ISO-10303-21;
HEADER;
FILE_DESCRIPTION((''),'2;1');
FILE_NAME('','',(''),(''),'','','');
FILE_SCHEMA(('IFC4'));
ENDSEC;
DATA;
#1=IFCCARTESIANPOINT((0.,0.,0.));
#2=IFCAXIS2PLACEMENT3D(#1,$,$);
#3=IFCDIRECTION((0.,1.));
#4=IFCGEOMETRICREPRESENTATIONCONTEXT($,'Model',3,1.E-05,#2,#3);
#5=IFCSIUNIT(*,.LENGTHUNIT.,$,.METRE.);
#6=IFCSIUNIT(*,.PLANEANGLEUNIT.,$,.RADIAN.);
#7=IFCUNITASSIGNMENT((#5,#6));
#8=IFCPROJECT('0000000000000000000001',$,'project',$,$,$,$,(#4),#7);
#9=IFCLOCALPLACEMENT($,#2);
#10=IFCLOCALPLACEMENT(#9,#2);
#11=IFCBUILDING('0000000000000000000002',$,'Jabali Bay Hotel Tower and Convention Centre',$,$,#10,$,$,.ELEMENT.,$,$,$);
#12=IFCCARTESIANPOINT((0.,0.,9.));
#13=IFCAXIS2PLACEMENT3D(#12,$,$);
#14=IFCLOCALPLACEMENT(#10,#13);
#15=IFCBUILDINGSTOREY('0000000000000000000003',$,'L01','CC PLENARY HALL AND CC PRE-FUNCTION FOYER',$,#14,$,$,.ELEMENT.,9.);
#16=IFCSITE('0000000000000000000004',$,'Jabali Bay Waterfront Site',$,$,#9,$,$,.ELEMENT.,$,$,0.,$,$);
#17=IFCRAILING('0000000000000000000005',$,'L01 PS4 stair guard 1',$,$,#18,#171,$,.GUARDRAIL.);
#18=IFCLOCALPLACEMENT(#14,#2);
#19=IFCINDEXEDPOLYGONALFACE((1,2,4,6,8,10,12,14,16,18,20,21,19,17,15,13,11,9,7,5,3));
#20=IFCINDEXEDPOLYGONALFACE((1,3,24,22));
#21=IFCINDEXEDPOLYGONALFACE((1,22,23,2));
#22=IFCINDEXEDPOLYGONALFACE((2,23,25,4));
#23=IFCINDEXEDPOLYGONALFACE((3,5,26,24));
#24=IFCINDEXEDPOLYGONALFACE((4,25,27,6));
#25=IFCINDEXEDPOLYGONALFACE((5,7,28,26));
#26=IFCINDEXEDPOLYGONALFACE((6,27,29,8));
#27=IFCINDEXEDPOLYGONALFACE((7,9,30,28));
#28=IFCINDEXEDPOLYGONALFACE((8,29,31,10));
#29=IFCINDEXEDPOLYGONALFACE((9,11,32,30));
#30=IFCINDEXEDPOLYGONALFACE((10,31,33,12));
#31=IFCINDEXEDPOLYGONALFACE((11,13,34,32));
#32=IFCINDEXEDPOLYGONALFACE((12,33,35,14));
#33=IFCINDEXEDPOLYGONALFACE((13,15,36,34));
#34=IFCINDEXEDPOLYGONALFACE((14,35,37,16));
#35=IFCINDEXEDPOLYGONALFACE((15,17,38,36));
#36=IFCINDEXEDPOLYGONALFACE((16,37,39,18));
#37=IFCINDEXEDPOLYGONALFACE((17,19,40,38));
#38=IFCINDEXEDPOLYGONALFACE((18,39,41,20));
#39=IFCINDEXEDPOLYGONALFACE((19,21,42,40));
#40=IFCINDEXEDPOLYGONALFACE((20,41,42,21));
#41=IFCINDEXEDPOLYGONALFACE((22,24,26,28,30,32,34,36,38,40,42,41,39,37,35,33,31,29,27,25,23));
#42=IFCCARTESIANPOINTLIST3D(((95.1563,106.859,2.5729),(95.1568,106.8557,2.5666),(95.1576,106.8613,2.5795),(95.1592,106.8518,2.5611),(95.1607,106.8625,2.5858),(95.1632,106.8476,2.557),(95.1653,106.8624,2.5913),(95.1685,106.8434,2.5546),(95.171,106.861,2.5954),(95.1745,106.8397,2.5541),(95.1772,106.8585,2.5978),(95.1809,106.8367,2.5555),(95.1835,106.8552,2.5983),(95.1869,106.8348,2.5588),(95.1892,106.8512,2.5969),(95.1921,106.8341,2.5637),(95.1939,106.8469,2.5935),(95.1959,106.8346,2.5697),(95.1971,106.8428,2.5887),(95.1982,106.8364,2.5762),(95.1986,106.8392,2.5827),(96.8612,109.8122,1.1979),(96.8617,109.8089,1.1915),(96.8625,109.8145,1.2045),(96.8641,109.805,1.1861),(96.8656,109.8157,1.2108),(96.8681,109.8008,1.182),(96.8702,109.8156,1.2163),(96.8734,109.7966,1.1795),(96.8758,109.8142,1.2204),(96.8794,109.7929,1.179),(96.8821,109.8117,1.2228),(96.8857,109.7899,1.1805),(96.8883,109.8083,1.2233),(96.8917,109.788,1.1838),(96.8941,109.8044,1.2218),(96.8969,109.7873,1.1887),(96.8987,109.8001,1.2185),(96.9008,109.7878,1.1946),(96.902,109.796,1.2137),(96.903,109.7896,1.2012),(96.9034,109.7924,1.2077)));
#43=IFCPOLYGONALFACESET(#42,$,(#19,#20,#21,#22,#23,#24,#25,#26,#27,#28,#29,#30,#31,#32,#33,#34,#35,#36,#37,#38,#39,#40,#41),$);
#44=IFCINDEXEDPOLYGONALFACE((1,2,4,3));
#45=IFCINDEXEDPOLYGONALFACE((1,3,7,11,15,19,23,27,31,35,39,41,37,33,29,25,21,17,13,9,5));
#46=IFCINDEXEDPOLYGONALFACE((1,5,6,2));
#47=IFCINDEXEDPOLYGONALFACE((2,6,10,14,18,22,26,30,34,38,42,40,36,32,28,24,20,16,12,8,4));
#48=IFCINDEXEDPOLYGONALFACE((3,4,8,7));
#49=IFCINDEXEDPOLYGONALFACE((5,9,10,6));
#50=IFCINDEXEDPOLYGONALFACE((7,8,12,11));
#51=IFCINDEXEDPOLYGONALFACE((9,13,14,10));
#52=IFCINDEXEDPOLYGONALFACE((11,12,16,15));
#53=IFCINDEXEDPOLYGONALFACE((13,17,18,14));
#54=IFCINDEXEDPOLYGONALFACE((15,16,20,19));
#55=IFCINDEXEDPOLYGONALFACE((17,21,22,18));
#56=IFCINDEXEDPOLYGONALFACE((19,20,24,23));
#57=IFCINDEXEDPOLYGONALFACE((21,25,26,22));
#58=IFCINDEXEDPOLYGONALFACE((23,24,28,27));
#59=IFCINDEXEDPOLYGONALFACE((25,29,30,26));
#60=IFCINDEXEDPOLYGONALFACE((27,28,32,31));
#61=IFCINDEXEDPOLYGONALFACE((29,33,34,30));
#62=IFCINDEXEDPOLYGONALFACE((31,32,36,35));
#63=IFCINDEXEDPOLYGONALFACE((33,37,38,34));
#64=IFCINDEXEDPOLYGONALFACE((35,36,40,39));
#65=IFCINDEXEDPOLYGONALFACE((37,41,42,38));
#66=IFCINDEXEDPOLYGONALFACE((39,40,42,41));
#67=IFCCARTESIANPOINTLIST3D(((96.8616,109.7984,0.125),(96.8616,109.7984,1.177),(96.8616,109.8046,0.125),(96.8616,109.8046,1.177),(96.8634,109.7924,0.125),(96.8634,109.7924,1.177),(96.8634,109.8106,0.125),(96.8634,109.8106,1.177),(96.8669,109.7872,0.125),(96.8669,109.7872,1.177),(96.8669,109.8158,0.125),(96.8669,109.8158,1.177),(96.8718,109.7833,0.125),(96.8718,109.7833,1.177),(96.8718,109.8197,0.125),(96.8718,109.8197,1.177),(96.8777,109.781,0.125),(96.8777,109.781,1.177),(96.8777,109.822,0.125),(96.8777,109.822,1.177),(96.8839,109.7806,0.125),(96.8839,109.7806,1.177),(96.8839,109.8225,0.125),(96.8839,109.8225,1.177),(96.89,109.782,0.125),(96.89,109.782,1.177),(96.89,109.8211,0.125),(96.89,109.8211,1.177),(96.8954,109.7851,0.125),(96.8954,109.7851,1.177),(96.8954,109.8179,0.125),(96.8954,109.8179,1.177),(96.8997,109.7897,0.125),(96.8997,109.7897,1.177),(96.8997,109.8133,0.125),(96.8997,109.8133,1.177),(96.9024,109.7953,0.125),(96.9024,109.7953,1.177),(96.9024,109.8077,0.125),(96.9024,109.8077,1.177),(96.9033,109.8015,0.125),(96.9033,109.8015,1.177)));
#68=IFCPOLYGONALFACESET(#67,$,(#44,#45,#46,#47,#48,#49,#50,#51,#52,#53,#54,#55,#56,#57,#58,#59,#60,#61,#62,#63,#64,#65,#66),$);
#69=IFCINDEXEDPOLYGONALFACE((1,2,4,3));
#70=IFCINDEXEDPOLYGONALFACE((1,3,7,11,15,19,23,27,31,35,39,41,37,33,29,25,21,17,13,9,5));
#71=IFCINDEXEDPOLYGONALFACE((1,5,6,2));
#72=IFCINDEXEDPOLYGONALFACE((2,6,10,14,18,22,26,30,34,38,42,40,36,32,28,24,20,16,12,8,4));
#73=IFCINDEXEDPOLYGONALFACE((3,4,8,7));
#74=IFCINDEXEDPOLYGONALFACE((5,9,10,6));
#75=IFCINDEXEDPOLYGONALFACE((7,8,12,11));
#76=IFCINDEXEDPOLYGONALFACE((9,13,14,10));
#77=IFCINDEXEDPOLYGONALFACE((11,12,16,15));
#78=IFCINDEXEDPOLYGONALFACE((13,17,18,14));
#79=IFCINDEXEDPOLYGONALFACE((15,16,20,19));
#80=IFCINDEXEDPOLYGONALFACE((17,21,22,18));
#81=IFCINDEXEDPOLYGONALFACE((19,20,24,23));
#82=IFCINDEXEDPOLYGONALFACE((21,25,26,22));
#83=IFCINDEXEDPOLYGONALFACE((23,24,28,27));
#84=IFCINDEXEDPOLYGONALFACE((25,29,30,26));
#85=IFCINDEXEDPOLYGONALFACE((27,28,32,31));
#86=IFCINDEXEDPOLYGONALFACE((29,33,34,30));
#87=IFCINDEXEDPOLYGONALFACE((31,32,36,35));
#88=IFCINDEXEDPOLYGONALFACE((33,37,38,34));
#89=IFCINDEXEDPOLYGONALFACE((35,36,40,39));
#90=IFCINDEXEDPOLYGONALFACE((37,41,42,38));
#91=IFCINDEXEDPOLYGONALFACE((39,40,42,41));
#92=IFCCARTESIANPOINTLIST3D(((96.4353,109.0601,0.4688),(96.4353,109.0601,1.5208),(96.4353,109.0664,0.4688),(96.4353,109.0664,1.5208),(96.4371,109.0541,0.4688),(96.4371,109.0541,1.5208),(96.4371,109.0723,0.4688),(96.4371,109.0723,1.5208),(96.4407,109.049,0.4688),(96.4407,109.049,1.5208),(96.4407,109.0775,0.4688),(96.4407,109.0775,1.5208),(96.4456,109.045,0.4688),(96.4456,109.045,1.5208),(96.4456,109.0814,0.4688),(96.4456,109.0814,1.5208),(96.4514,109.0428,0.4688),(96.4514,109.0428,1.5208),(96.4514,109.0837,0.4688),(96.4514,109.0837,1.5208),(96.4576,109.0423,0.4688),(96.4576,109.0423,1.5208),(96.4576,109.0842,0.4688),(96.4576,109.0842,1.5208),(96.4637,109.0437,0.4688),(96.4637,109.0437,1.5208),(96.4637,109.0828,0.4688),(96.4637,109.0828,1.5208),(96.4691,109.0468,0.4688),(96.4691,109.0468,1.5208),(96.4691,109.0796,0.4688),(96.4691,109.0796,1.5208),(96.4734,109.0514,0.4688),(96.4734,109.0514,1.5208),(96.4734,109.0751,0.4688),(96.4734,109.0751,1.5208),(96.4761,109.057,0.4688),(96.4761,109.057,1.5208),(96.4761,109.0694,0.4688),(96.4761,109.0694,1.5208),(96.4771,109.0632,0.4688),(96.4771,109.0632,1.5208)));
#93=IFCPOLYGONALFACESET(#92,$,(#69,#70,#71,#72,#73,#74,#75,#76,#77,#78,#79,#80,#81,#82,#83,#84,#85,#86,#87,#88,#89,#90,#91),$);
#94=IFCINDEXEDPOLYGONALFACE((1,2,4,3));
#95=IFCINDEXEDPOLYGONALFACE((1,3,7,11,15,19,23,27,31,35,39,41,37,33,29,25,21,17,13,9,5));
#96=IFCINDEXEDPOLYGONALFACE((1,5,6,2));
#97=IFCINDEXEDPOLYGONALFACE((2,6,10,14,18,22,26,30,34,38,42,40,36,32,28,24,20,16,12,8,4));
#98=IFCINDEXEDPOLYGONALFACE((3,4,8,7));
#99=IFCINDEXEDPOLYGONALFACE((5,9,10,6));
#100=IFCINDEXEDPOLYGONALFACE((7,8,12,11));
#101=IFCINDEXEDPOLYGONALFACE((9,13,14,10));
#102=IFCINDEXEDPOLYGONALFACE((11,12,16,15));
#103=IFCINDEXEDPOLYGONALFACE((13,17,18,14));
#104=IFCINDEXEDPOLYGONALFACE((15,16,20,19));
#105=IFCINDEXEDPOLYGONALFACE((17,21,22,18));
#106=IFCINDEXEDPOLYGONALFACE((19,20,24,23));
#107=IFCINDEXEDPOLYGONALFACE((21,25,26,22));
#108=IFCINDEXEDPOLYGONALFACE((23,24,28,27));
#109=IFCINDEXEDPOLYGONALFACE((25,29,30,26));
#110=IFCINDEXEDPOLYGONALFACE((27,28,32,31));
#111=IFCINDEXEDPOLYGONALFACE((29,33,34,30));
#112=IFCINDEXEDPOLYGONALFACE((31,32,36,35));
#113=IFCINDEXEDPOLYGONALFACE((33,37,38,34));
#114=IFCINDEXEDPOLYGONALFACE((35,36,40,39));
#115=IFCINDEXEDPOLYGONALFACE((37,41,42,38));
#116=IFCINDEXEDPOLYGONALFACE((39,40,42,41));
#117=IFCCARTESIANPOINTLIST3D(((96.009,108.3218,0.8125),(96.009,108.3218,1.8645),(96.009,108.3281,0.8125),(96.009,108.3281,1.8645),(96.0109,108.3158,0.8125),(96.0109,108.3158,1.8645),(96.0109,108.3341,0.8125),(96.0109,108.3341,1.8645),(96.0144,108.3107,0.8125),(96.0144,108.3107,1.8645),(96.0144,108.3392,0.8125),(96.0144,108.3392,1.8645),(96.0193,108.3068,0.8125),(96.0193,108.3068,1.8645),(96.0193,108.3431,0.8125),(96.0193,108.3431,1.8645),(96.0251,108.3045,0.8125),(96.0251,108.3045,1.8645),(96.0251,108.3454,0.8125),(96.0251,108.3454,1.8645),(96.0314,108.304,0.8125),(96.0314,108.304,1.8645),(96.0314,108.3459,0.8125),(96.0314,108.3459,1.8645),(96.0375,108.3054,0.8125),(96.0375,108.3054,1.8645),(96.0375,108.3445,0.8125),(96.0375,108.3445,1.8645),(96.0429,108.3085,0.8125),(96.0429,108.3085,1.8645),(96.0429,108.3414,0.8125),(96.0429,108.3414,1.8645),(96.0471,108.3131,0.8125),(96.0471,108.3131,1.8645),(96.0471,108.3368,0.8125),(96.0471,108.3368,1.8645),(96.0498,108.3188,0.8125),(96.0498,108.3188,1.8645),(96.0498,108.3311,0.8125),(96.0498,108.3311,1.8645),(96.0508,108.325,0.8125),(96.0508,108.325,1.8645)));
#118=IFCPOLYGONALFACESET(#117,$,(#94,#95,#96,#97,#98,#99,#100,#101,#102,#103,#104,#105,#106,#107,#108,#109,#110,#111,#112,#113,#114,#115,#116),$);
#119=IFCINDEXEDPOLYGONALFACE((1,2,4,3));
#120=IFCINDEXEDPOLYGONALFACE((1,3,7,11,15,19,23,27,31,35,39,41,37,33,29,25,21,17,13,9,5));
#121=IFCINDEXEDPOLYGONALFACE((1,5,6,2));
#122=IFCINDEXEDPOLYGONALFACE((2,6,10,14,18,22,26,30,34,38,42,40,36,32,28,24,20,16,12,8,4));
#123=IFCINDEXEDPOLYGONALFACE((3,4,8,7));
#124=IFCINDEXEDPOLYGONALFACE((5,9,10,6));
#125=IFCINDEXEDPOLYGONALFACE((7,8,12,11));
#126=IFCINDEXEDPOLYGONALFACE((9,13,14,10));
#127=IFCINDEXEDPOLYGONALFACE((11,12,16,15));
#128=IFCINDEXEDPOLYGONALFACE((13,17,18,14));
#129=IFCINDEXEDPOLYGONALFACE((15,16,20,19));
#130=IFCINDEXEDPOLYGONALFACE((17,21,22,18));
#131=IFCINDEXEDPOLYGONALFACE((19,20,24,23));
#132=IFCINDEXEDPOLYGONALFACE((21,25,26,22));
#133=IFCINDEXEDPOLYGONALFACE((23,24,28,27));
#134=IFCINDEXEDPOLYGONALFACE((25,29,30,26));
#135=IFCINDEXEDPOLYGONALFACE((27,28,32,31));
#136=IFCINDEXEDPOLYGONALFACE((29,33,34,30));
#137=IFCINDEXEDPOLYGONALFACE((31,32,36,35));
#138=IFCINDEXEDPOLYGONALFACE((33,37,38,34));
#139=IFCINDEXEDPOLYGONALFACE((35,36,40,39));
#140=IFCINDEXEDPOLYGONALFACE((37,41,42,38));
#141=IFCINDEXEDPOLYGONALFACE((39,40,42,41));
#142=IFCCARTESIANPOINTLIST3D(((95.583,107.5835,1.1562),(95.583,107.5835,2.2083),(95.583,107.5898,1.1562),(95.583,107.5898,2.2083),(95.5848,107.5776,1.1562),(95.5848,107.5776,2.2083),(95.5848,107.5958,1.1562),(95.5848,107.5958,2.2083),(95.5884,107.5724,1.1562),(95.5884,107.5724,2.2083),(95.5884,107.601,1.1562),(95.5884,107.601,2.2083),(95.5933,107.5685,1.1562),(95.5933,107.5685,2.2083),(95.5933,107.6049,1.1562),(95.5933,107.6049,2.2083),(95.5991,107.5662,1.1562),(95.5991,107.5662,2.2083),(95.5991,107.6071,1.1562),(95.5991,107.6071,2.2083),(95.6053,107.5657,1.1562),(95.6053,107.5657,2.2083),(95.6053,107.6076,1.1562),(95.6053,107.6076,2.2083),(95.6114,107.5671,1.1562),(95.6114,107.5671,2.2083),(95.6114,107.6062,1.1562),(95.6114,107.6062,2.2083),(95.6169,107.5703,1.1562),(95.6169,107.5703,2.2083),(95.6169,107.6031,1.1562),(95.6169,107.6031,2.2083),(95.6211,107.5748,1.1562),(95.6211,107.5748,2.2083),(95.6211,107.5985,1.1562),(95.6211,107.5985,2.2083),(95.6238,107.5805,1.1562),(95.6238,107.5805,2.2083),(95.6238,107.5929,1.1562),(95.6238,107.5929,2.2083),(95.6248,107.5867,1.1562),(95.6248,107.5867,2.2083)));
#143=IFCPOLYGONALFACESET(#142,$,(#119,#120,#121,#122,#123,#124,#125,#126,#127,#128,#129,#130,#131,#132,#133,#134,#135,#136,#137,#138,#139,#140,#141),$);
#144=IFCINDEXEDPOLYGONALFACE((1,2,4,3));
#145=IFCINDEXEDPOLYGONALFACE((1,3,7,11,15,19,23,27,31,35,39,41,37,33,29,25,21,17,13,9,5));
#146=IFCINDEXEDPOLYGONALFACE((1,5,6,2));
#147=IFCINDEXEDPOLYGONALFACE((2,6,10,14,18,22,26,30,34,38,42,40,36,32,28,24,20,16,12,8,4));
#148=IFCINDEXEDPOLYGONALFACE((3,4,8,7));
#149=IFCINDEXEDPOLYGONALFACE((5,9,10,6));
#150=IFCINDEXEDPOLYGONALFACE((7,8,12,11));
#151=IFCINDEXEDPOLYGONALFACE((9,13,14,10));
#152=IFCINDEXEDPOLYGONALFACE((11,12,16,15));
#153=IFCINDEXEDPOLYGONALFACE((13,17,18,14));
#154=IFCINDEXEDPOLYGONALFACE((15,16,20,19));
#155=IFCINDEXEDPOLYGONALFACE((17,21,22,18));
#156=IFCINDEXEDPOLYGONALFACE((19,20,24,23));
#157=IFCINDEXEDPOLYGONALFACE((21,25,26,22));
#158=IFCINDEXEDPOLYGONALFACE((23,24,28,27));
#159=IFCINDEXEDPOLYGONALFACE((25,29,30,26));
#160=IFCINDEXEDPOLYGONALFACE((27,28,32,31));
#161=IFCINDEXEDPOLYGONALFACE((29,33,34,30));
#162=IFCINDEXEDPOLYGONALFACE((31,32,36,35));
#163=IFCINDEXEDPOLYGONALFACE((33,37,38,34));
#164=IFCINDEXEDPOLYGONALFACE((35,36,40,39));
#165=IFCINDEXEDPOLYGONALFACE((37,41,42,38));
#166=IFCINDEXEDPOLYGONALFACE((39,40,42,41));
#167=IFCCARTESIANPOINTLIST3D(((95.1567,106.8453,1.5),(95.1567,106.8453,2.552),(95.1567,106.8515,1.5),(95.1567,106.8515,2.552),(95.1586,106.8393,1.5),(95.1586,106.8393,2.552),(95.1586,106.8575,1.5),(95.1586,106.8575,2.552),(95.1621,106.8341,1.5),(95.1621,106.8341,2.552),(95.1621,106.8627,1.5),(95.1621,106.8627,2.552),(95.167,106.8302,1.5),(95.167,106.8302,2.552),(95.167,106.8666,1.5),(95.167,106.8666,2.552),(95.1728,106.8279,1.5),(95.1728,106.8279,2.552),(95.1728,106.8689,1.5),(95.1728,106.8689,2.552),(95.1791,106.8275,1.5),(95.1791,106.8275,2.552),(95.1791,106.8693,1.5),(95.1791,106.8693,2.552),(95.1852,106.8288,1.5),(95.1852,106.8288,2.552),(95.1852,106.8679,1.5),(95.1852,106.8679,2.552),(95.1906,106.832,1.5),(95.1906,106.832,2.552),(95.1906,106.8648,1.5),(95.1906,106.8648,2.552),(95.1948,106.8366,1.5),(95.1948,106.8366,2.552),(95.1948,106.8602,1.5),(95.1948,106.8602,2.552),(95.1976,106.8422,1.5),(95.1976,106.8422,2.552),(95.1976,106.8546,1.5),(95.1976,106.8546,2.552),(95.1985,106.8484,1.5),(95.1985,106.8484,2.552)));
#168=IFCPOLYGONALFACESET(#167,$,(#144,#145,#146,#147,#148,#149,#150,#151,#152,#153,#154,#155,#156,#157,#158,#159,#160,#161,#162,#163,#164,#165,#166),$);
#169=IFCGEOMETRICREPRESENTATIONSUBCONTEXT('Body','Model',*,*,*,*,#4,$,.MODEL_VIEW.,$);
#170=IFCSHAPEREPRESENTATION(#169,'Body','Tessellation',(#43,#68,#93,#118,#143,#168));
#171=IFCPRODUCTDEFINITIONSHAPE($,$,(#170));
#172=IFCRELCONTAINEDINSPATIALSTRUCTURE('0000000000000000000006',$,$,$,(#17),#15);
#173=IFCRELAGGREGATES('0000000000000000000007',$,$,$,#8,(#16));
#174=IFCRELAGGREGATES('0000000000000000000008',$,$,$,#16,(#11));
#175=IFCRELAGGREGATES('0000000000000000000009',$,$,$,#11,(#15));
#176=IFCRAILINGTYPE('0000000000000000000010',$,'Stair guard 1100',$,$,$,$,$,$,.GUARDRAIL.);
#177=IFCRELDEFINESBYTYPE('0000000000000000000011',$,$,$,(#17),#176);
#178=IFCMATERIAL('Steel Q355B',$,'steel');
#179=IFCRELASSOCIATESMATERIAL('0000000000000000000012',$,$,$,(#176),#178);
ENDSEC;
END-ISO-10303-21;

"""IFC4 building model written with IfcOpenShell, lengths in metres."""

from ifc_helpers import new_model, si_unit, direction, frame, origin, origin_2d, place, context, subcontext, project, spatial, circle, extrude, material, type_object, element, save


model = new_model("IFC4")

# Units and contexts
model_context = context("Model", 3, precision=1e-05, world=origin(), true_north=direction((0.0, 1.0)))
body_context = subcontext(model_context, "Body", "Model", "MODEL_VIEW")
ifc_project = project(units=[si_unit("LENGTHUNIT", "METRE"), si_unit("PLANEANGLEUNIT", "RADIAN")], contexts=[model_context])

# Site, building, storey
site_placement = place(None, origin())
site = spatial("IfcSite", under=ifc_project, at=site_placement, Name="Jabali Bay Waterfront Site", CompositionType="ELEMENT", RefElevation=0.0)
building_placement = place(site_placement, origin())
building = spatial("IfcBuilding", under=site, at=building_placement, Name="Jabali Bay Hotel Tower and Convention Centre", CompositionType="ELEMENT")
storey_placement = place(building_placement, frame((0.0, 0.0, 9.0)))
storey = spatial("IfcBuildingStorey", under=building, at=storey_placement, Name="L01", Description="CC PLENARY HALL AND CC PRE-FUNCTION FOYER", CompositionType="ELEMENT", Elevation=9.0)

# Railing
ifc_material_1 = material(Name="Steel Q355B", Category="steel")
railing_type_1 = type_object("IfcRailingType", Name="Stair guard 1100", PredefinedType="GUARDRAIL", material=ifc_material_1)
railing_1_placement = place(storey_placement, frame((96.8823, 109.8015, 0.125)))
element("IfcRailing", 1, at=railing_1_placement, inside=storey, type_object=railing_type_1, Name="L01 PS4 stair guard 1", PredefinedType="GUARDRAIL", context=body_context, shape_type="SweptSolid", body=[
    extrude(circle(Radius=0.0239, at=origin_2d()), frame((0.0, 0.0, 1.0762), z_axis=(-0.463687, -0.803203, 0.373978), x_axis=(0.866045, -0.499966, 0.0)), (0.0, 0.0, 1.0), 3.6768),
    extrude(circle(Radius=0.021, at=origin_2d()), origin(), (0.0, 0.0, 1.0), 1.052),
    extrude(circle(Radius=0.021, at=origin_2d()), frame((-0.4263, -0.7383, 0.3438)), (0.0, 0.0, 1.0), 1.052),
    extrude(circle(Radius=0.021, at=origin_2d()), frame((-0.8525, -1.4766, 0.6875)), (0.0, 0.0, 1.0), 1.052),
    extrude(circle(Radius=0.021, at=origin_2d()), frame((-1.2786, -2.2148, 1.0312)), (0.0, 0.0, 1.0), 1.052),
    extrude(circle(Radius=0.021, at=origin_2d()), frame((-1.7048, -2.9531, 1.375)), (0.0, 0.0, 1.0), 1.052),
])

save(model, "model.ifc")
